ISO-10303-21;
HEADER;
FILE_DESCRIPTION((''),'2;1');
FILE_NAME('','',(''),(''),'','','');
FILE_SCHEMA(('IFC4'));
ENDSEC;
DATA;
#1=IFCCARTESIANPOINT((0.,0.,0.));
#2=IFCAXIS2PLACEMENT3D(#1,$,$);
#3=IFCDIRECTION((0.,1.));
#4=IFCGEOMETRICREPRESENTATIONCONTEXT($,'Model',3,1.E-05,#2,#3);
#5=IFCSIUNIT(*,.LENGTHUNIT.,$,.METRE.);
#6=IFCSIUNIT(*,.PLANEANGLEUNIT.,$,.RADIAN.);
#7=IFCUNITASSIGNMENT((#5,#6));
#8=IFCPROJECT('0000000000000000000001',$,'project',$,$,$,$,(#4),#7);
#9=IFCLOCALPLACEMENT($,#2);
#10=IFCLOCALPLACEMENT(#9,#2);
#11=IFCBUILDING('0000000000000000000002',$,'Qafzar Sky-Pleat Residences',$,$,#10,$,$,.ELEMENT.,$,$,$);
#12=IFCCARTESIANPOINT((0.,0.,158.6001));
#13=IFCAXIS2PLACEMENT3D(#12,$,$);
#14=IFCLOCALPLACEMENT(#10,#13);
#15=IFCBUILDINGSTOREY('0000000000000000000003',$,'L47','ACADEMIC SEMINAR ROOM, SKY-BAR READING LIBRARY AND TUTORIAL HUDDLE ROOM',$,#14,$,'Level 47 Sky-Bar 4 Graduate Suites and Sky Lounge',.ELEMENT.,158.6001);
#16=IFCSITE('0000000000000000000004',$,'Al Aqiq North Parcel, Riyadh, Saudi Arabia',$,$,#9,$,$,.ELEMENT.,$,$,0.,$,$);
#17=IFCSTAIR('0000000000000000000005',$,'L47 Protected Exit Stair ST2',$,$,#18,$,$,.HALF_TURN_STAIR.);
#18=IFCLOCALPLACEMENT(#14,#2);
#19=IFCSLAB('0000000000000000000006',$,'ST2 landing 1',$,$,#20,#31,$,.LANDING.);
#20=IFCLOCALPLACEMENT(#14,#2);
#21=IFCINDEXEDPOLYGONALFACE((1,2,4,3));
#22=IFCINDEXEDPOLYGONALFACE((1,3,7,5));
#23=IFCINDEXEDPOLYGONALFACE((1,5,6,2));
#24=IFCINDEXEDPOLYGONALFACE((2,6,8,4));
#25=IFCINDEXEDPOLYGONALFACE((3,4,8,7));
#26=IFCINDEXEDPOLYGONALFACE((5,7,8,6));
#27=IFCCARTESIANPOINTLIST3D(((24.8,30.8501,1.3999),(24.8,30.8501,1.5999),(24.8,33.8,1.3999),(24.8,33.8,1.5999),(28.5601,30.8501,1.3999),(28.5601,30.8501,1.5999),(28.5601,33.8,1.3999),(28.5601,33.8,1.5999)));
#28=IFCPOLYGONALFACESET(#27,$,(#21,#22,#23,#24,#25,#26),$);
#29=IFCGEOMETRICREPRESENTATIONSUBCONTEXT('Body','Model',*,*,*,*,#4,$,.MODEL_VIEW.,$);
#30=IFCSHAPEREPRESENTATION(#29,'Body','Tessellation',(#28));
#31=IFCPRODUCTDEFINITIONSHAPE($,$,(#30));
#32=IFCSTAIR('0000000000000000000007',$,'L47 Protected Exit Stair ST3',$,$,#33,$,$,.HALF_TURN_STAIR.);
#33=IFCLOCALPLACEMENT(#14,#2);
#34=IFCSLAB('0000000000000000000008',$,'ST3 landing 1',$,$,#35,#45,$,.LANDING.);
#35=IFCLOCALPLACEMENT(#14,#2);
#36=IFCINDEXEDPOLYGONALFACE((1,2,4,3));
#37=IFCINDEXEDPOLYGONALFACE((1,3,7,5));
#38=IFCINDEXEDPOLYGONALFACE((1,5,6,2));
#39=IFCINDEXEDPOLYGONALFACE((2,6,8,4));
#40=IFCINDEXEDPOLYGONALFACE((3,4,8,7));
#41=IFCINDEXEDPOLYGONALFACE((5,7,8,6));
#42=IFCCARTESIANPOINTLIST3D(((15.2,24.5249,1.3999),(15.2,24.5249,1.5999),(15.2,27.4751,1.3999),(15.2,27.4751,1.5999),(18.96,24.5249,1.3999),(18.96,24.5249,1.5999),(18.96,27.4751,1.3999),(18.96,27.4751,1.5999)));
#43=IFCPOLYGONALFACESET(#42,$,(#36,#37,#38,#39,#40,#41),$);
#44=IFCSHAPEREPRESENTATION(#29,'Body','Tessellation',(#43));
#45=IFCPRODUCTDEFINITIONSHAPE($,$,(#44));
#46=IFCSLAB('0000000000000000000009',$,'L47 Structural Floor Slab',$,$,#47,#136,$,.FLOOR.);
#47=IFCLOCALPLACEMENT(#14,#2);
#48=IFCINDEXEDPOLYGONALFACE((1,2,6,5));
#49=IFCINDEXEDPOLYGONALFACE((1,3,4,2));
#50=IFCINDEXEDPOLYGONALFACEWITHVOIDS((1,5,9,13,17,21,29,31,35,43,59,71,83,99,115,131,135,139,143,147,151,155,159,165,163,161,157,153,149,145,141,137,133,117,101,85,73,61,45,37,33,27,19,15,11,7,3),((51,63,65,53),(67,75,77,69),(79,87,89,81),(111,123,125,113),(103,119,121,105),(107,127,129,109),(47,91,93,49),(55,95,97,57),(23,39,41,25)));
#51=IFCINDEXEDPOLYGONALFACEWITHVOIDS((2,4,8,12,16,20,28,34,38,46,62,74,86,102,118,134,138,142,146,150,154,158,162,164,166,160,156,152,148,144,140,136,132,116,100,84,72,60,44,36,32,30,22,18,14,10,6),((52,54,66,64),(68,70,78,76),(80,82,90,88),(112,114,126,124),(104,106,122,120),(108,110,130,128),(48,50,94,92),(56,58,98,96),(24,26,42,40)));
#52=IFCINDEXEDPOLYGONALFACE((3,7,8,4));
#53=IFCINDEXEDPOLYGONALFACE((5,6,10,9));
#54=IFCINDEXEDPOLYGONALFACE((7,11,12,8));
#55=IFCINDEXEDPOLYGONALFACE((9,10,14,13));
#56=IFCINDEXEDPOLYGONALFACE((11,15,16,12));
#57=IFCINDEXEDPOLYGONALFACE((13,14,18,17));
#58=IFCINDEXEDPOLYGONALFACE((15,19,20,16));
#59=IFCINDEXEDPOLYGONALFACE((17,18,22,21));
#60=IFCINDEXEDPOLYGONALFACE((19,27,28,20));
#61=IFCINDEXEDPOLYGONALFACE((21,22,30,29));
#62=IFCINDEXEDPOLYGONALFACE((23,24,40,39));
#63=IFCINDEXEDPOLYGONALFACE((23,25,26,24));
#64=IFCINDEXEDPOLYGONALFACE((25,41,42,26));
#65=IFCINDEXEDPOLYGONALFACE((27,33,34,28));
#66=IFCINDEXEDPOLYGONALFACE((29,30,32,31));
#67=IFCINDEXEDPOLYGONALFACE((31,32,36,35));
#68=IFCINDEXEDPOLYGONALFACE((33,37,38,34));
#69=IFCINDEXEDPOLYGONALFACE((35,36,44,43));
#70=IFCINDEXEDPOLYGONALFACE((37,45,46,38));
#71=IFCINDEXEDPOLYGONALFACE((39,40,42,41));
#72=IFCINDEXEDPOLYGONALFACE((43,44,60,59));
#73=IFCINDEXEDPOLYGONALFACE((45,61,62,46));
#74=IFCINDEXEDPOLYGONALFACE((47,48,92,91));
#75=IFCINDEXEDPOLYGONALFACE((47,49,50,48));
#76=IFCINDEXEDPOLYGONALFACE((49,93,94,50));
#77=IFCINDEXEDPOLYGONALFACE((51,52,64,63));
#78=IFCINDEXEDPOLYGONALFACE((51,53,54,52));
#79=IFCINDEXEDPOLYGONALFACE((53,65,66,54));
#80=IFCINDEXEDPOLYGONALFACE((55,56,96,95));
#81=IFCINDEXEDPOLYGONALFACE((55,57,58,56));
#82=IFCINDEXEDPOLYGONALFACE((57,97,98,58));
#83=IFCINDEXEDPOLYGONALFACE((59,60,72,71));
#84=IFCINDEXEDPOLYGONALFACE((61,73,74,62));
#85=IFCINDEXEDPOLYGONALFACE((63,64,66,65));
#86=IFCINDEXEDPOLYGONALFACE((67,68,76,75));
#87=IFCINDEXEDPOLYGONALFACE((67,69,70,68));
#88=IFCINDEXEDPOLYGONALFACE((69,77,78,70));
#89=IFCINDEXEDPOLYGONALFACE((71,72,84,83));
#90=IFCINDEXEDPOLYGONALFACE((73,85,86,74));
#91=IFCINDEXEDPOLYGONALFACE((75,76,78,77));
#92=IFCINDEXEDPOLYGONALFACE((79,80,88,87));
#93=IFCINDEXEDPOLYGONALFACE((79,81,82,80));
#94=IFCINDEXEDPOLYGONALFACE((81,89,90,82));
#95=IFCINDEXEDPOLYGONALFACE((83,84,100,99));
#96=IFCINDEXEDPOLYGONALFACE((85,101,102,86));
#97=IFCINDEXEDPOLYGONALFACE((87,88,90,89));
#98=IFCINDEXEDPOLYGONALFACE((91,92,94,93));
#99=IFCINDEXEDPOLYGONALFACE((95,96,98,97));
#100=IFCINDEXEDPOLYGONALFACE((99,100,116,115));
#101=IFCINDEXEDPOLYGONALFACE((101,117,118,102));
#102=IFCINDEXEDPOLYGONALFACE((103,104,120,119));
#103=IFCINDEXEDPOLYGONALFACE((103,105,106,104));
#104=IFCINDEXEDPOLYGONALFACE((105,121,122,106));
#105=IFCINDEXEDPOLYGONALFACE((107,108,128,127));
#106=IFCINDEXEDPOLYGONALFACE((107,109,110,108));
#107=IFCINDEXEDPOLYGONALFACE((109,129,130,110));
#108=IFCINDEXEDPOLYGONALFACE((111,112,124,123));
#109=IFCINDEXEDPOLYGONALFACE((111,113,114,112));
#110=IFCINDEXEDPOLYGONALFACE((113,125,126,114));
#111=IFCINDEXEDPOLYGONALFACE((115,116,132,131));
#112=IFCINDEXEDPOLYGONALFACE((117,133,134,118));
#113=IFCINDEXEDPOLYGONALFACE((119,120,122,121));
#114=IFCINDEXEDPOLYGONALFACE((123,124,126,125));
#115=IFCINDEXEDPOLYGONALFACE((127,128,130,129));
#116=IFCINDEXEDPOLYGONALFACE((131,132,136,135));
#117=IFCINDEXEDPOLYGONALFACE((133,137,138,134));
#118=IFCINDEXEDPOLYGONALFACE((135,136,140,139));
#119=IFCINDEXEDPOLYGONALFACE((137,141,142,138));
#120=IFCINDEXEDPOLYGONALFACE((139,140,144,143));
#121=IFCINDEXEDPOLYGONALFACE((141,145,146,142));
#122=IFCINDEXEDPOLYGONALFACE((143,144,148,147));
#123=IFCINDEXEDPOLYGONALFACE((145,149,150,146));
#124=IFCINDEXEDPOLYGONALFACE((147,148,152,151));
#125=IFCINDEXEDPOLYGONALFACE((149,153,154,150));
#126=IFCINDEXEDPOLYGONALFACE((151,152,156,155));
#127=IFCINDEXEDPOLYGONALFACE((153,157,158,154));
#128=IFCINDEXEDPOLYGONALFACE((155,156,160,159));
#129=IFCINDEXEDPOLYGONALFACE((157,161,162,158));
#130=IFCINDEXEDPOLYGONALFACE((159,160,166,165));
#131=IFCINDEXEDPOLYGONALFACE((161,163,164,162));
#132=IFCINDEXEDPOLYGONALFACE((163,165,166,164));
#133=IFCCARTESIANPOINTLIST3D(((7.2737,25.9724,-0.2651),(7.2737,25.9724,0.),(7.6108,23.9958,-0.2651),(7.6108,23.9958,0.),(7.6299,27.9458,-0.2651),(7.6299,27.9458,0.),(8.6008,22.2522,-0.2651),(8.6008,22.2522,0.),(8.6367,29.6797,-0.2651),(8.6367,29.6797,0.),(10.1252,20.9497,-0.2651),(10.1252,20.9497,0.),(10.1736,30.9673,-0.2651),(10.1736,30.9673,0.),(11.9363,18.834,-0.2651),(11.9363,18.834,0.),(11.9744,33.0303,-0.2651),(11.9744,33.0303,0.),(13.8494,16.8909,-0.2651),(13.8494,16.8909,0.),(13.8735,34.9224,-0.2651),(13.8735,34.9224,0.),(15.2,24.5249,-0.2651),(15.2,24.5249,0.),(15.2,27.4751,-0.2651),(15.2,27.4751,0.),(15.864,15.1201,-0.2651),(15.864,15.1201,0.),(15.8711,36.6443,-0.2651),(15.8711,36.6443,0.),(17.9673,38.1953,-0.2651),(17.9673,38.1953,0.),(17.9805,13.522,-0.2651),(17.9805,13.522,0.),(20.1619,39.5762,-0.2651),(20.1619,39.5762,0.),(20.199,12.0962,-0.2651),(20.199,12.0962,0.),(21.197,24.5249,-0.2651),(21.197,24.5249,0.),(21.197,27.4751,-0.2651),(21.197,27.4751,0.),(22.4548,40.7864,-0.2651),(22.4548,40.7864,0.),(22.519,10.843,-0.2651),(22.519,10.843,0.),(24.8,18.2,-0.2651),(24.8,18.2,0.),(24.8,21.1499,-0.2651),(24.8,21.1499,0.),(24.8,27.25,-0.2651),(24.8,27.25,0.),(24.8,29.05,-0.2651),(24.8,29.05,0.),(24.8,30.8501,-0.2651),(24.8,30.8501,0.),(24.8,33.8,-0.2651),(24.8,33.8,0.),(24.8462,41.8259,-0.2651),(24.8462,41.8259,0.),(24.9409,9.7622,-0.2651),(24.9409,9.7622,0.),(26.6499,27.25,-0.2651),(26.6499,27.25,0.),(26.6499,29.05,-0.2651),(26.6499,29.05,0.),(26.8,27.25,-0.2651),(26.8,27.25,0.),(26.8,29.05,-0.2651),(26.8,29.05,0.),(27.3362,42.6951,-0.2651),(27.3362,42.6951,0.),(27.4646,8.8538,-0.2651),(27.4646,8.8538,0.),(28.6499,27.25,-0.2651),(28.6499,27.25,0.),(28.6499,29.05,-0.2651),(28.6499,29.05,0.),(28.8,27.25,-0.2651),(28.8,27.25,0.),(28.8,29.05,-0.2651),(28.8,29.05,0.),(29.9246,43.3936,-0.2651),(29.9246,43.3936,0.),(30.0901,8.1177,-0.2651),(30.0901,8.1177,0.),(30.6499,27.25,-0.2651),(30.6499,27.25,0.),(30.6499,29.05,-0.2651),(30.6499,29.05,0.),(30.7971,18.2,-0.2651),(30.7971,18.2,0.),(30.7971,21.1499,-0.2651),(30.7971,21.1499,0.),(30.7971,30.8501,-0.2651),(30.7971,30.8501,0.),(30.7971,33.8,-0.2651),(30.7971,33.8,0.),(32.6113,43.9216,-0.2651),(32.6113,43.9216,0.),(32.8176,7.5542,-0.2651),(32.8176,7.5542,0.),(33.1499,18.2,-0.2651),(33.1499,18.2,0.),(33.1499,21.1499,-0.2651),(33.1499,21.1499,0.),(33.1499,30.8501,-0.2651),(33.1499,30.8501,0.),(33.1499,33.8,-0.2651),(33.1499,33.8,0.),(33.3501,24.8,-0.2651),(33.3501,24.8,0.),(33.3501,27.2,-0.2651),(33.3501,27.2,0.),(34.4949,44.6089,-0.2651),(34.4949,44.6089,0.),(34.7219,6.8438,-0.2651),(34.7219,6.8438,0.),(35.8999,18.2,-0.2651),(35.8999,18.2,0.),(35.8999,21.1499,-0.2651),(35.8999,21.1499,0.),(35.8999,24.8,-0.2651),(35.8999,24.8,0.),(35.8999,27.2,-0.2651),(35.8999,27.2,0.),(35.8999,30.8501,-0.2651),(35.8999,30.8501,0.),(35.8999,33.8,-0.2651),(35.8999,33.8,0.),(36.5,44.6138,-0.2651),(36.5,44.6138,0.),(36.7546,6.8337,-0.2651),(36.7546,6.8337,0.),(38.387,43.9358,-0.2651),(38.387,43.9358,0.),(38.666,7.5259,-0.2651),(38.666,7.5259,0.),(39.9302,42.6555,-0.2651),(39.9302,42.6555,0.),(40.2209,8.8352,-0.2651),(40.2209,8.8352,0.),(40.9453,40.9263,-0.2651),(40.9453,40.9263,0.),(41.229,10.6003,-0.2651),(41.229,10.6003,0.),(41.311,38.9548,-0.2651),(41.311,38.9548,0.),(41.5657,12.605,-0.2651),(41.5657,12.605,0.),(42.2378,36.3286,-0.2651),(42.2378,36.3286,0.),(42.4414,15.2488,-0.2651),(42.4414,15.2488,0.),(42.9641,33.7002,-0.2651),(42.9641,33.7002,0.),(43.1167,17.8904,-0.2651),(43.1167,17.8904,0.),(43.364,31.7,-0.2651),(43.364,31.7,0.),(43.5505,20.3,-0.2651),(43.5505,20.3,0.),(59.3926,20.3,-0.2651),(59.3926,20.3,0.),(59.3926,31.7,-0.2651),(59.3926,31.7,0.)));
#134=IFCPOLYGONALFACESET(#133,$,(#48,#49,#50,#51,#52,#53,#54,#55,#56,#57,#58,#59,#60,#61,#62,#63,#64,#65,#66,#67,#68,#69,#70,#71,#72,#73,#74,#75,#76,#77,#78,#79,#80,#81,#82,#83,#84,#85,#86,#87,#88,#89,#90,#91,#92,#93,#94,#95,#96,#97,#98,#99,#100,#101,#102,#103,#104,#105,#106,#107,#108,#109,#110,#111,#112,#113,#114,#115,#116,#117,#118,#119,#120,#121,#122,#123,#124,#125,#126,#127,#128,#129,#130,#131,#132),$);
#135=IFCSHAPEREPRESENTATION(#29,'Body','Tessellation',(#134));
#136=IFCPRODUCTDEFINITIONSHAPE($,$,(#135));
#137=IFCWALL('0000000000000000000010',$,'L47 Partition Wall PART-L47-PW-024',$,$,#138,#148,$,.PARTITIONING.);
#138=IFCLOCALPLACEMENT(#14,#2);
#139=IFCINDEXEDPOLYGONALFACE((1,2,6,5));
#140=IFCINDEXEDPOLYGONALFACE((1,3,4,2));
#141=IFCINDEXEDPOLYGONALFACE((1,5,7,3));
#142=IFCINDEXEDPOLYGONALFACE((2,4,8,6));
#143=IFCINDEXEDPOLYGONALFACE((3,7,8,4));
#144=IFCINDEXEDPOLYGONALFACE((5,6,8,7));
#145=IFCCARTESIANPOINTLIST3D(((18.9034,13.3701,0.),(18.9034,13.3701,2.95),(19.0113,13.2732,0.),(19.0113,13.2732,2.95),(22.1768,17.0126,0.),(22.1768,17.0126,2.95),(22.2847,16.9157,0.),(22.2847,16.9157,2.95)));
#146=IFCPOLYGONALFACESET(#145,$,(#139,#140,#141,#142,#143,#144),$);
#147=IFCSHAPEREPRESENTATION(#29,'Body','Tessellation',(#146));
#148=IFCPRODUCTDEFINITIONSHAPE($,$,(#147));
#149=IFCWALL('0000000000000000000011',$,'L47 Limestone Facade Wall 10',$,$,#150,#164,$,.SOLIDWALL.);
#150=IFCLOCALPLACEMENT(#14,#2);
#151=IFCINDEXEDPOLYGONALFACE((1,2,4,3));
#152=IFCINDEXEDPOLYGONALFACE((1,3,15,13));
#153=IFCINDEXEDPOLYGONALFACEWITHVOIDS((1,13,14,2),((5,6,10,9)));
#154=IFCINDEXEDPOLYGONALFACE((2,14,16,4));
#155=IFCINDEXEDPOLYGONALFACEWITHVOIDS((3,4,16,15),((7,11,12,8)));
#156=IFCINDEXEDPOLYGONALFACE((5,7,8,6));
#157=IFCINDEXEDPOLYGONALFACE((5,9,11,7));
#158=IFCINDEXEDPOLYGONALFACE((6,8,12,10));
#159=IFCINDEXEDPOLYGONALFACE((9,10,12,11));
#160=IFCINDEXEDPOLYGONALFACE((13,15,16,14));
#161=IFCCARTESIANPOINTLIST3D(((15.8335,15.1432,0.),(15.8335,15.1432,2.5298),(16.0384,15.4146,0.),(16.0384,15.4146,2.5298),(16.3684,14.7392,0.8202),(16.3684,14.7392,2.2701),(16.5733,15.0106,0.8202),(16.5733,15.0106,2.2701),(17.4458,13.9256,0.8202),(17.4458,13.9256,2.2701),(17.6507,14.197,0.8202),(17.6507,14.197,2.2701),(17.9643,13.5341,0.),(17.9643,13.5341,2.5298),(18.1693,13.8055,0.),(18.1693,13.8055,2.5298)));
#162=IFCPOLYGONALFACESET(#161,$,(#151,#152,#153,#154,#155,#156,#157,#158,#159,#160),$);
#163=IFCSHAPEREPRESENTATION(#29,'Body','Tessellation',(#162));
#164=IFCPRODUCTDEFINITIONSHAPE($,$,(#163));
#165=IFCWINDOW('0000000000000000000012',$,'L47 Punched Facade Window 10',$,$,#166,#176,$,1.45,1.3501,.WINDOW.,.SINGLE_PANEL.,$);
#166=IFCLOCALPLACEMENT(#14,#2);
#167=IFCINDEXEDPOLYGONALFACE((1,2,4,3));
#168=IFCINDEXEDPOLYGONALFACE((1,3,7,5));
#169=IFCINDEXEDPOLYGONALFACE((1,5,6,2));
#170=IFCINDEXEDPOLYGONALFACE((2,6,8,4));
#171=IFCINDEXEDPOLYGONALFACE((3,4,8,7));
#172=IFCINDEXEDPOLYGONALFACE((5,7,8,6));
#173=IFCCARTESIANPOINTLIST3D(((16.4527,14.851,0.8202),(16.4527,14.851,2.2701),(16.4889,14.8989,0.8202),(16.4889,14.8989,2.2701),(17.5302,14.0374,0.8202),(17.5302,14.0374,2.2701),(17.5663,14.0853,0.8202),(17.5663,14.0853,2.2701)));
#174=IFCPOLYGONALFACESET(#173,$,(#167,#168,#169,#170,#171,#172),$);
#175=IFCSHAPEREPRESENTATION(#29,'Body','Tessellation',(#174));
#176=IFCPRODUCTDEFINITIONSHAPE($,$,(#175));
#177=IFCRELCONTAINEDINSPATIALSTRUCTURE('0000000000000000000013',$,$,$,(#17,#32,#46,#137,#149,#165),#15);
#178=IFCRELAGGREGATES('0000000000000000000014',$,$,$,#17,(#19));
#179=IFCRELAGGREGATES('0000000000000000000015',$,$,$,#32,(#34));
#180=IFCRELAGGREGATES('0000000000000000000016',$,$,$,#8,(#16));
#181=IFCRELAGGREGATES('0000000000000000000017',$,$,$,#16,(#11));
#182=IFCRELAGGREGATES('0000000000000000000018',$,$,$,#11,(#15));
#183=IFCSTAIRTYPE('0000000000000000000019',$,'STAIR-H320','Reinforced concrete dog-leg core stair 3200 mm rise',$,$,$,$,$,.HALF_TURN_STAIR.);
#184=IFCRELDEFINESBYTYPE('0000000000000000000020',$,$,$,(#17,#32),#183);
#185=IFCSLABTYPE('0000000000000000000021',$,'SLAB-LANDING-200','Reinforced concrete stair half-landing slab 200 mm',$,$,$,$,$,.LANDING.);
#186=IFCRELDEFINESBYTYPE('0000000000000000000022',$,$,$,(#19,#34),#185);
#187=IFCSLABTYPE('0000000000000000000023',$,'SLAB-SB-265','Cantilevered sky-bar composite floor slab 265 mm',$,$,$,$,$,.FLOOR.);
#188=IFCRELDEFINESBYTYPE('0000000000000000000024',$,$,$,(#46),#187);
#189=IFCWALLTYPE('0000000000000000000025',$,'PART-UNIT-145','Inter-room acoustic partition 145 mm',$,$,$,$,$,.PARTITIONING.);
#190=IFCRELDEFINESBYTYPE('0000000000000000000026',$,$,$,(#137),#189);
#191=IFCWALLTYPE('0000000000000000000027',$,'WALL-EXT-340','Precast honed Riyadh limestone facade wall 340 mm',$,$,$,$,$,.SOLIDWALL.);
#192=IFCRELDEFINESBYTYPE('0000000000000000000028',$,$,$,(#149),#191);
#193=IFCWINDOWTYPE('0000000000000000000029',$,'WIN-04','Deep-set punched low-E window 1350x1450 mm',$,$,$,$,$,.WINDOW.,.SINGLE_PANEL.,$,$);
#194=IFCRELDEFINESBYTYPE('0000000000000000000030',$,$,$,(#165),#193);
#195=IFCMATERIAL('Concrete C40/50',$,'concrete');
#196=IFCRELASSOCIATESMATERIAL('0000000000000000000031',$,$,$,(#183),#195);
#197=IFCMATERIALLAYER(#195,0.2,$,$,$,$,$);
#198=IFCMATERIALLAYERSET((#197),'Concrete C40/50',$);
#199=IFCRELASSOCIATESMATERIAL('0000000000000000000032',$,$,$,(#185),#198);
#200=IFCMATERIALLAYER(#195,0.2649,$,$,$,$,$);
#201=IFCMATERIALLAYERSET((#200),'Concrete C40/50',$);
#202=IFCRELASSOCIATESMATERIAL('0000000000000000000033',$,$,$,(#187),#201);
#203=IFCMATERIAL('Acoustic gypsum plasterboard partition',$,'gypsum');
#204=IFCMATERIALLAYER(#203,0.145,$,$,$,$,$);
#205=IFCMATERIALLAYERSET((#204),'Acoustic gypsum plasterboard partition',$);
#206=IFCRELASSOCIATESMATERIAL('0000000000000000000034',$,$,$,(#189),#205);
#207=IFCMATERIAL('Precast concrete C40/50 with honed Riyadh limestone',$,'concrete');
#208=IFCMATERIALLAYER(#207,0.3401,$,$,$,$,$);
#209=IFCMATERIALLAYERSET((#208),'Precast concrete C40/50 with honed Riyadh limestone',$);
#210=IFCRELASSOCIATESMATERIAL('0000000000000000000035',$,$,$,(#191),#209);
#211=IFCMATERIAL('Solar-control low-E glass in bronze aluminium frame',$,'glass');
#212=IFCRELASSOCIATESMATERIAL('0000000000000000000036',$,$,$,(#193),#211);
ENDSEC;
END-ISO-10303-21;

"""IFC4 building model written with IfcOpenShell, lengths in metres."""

from ifc_helpers import new_model, si_unit, direction, frame, frame_2d, origin, place, context, subcontext, project, spatial, polyline, rectangle, outline, extrude, source, transform, mapped, material, layer, layer_set, type_object, element, fill, aggregate, save


model = new_model("IFC4")

# Units and contexts
model_context = context("Model", 3, precision=1e-05, world=origin(), true_north=direction((0.0, 1.0)))
body_context = subcontext(model_context, "Body", "Model", "MODEL_VIEW")
ifc_project = project(units=[si_unit("LENGTHUNIT", "METRE"), si_unit("PLANEANGLEUNIT", "RADIAN")], contexts=[model_context])

# Site, building, storey
site_placement = place(None, origin())
site = spatial("IfcSite", under=ifc_project, at=site_placement, Name="Al Aqiq North Parcel, Riyadh, Saudi Arabia", CompositionType="ELEMENT", RefElevation=0.0)
building_placement = place(site_placement, origin())
building = spatial("IfcBuilding", under=site, at=building_placement, Name="Qafzar Sky-Pleat Residences", CompositionType="ELEMENT")
storey_placement = place(building_placement, frame((0.0, 0.0, 158.6001)))
storey = spatial("IfcBuildingStorey", under=building, at=storey_placement, Name="L47", Description="ACADEMIC SEMINAR ROOM, SKY-BAR READING LIBRARY AND TUTORIAL HUDDLE ROOM", LongName="Level 47 Sky-Bar 4 Graduate Suites and Sky Lounge", CompositionType="ELEMENT", Elevation=158.6001)

# Shared definitions
ifc_material_1 = material(Name="Concrete C40/50", Category="concrete")

# Stairs, slabs
stair_type = type_object("IfcStairType", Name="STAIR-H320", Description="Reinforced concrete dog-leg core stair 3200 mm rise", PredefinedType="HALF_TURN_STAIR", material=ifc_material_1)
ifc_layer_1 = layer(ifc_material_1, 0.2)
ifc_layer_set_1 = layer_set([ifc_layer_1], Name="Concrete C40/50")
slab_type_1 = type_object("IfcSlabType", Name="SLAB-LANDING-200", Description="Reinforced concrete stair half-landing slab 200 mm", PredefinedType="LANDING", material=ifc_layer_set_1)
stair_1_placement = place(storey_placement, origin())
stair_1 = element("IfcStair", 1, at=stair_1_placement, inside=storey, type_object=stair_type, Name="L47 Protected Exit Stair ST2", PredefinedType="HALF_TURN_STAIR")
slab_1_placement = place(storey_placement, frame((0.0, 0.0, 1.3999)))
slab_1 = element("IfcSlab", 2, at=slab_1_placement, type_object=slab_type_1, Name="ST2 landing 1", PredefinedType="LANDING", context=body_context, shape_type="SweptSolid", body=[
    extrude(outline(polyline([(28.5601, 33.8), (24.8, 33.8), (24.8, 30.8501), (28.5601, 30.8501), (28.5601, 33.8)])), origin(), (0.0, 0.0, 1.0), 0.2),
])
aggregate(stair_1, [slab_1])
stair_2_placement = place(storey_placement, origin())
stair_2 = element("IfcStair", 3, at=stair_2_placement, inside=storey, type_object=stair_type, Name="L47 Protected Exit Stair ST3", PredefinedType="HALF_TURN_STAIR")
slab_2_placement = place(storey_placement, frame((0.0, 0.0, 1.3999)))
slab_2 = element("IfcSlab", 4, at=slab_2_placement, type_object=slab_type_1, Name="ST3 landing 1", PredefinedType="LANDING", context=body_context, shape_type="SweptSolid", body=[
    extrude(outline(polyline([(18.96, 27.4751), (15.2, 27.4751), (15.2, 24.5249), (18.96, 24.5249), (18.96, 27.4751)])), origin(), (0.0, 0.0, 1.0), 0.2),
])
aggregate(stair_2, [slab_2])

# Slab
ifc_layer_2 = layer(ifc_material_1, 0.2649)
ifc_layer_set_2 = layer_set([ifc_layer_2], Name="Concrete C40/50")
slab_type_2 = type_object("IfcSlabType", Name="SLAB-SB-265", Description="Cantilevered sky-bar composite floor slab 265 mm", PredefinedType="FLOOR", material=ifc_layer_set_2)
slab_3_placement = place(storey_placement, frame((0.0, 0.0, -0.2651)))
element("IfcSlab", 5, at=slab_3_placement, inside=storey, type_object=slab_type_2, Name="L47 Structural Floor Slab", PredefinedType="FLOOR", context=body_context, shape_type="SweptSolid", body=[
    extrude(outline(polyline([(43.1167, 17.8904), (42.4414, 15.2488), (41.5657, 12.605), (41.229, 10.6003), (40.2209, 8.8352), (38.666, 7.5259), (36.7546, 6.8337), (34.7219, 6.8438), (32.8176, 7.5542), (30.0901, 8.1177), (27.4646, 8.8538), (24.9409, 9.7622), (22.519, 10.843), (20.199, 12.0962), (17.9805, 13.522), (15.864, 15.1201), (13.8494, 16.8909), (11.9363, 18.834), (10.1252, 20.9497), (8.6008, 22.2522), (7.6108, 23.9958), (7.2737, 25.9724), (7.6299, 27.9458), (8.6367, 29.6797), (10.1736, 30.9673), (11.9744, 33.0303), (13.8735, 34.9224), (15.8711, 36.6443), (17.9673, 38.1953), (20.1619, 39.5762), (22.4548, 40.7864), (24.8462, 41.8259), (27.3362, 42.6951), (29.9246, 43.3936), (32.6113, 43.9216), (34.4949, 44.6089), (36.5, 44.6138), (38.387, 43.9358), (39.9302, 42.6555), (40.9453, 40.9263), (41.311, 38.9548), (42.2378, 36.3286), (42.9641, 33.7002), (43.364, 31.7), (59.3926, 31.7), (59.3926, 20.3), (43.5505, 20.3), (43.1167, 17.8904)]), holes=[polyline([(30.7971, 21.1499), (24.8, 21.1499), (24.8, 18.2), (30.7971, 18.2), (30.7971, 21.1499)]), polyline([(30.7971, 33.8), (24.8, 33.8), (24.8, 30.8501), (30.7971, 30.8501), (30.7971, 33.8)]), polyline([(21.197, 27.4751), (15.2, 27.4751), (15.2, 24.5249), (21.197, 24.5249), (21.197, 27.4751)]), polyline([(24.8, 27.25), (26.6499, 27.25), (26.6499, 29.05), (24.8, 29.05), (24.8, 27.25)]), polyline([(26.8, 27.25), (28.6499, 27.25), (28.6499, 29.05), (26.8, 29.05), (26.8, 27.25)]), polyline([(28.8, 27.25), (30.6499, 27.25), (30.6499, 29.05), (28.8, 29.05), (28.8, 27.25)]), polyline([(33.1499, 18.2), (35.8999, 18.2), (35.8999, 21.1499), (33.1499, 21.1499), (33.1499, 18.2)]), polyline([(33.1499, 30.8501), (35.8999, 30.8501), (35.8999, 33.8), (33.1499, 33.8), (33.1499, 30.8501)]), polyline([(33.3501, 24.8), (35.8999, 24.8), (35.8999, 27.2), (33.3501, 27.2), (33.3501, 24.8)])]), origin(), (0.0, 0.0, 1.0), 0.2651),
])

# Wall
ifc_material_2 = material(Name="Acoustic gypsum plasterboard partition", Category="gypsum")
ifc_layer_3 = layer(ifc_material_2, 0.145)
ifc_layer_set_3 = layer_set([ifc_layer_3], Name="Acoustic gypsum plasterboard partition")
wall_type_1 = type_object("IfcWallType", Name="PART-UNIT-145", Description="Inter-room acoustic partition 145 mm", PredefinedType="PARTITIONING", material=ifc_layer_set_3)
wall_1_placement = place(storey_placement, frame((18.9573, 13.3215, 0.0), z_axis=(0.0, 0.0, 1.0), x_axis=(0.668414, 0.74379, 0.0)))
element("IfcWall", 6, at=wall_1_placement, inside=storey, type_object=wall_type_1, Name="L47 Partition Wall PART-L47-PW-024", PredefinedType="PARTITIONING", context=body_context, shape_type="SweptSolid", body=[
    extrude(rectangle(XDim=4.8972, YDim=0.145, at=frame_2d((2.4487, 0.0))), origin(), (0.0, 0.0, 1.0), 2.95),
])

# Wall, opening, window
ifc_material_3 = material(Name="Precast concrete C40/50 with honed Riyadh limestone", Category="concrete")
ifc_layer_4 = layer(ifc_material_3, 0.3401)
ifc_layer_set_4 = layer_set([ifc_layer_4], Name="Precast concrete C40/50 with honed Riyadh limestone")
wall_type_2 = type_object("IfcWallType", Name="WALL-EXT-340", Description="Precast honed Riyadh limestone facade wall 340 mm", PredefinedType="SOLIDWALL", material=ifc_layer_set_4)
wall_2_placement = place(storey_placement, frame((15.936, 15.2788, 0.0), z_axis=(0.0, 0.0, 1.0), x_axis=(0.798021, -0.60263, 0.0)))
wall_2 = element("IfcWall", 7, at=wall_2_placement, inside=storey, type_object=wall_type_2, Name="L47 Limestone Facade Wall 10", PredefinedType="SOLIDWALL", context=body_context, shape_type="SweptSolid", body=[
    extrude(rectangle(XDim=2.6702, YDim=0.3401, at=frame_2d((1.335, 0.0))), origin(), (0.0, 0.0, 1.0), 2.5298),
])
opening_1_placement = place(wall_2_placement, frame((0.6702, 0.0, 0.8201)))
opening_1 = element("IfcOpeningElement", 8, at=opening_1_placement, cuts=wall_2, PredefinedType="OPENING", context=body_context, shape_type="SweptSolid", body=[
    extrude(rectangle(XDim=1.3501, YDim=1.45, at=frame_2d((0.675, 0.7251))), frame((0.0, 0.1802, 0.0), z_axis=(0.0, -1.0, 0.0), x_axis=(1.0, 0.0, 0.0)), (0.0, 0.0, 1.0), 0.3601),
])
ifc_material_4 = material(Name="Solar-control low-E glass in bronze aluminium frame", Category="glass")
window_type_1 = type_object("IfcWindowType", Name="WIN-04", Description="Deep-set punched low-E window 1350x1450 mm", PartitioningType="SINGLE_PANEL", PredefinedType="WINDOW", material=ifc_material_4)
shared_shape_1 = source(origin(), body_context, "Body", "SweptSolid", [
    extrude(rectangle(XDim=1.3501, YDim=1.45, at=frame_2d((0.675, 0.7251))), frame((0.0, 0.03, 0.0), z_axis=(0.0, -1.0, 0.0), x_axis=(1.0, 0.0, 0.0)), (0.0, 0.0, 1.0), 0.0601),
])
window_1_placement = place(opening_1_placement, origin())
window_1 = element("IfcWindow", 9, at=window_1_placement, inside=storey, type_object=window_type_1, Name="L47 Punched Facade Window 10", OverallHeight=1.45, OverallWidth=1.3501, PartitioningType="SINGLE_PANEL", PredefinedType="WINDOW", context=body_context, shape_type="MappedRepresentation", body=[
    mapped(shared_shape_1, transform((0.0, 0.0, 0.0), x_axis=(1.0, 0.0, 0.0), y_axis=(0.0, 1.0, 0.0), z_axis=(0.0, 0.0, 1.0), scale=1.0)),
])
fill(opening_1, window_1)

save(model, "model.ifc")
